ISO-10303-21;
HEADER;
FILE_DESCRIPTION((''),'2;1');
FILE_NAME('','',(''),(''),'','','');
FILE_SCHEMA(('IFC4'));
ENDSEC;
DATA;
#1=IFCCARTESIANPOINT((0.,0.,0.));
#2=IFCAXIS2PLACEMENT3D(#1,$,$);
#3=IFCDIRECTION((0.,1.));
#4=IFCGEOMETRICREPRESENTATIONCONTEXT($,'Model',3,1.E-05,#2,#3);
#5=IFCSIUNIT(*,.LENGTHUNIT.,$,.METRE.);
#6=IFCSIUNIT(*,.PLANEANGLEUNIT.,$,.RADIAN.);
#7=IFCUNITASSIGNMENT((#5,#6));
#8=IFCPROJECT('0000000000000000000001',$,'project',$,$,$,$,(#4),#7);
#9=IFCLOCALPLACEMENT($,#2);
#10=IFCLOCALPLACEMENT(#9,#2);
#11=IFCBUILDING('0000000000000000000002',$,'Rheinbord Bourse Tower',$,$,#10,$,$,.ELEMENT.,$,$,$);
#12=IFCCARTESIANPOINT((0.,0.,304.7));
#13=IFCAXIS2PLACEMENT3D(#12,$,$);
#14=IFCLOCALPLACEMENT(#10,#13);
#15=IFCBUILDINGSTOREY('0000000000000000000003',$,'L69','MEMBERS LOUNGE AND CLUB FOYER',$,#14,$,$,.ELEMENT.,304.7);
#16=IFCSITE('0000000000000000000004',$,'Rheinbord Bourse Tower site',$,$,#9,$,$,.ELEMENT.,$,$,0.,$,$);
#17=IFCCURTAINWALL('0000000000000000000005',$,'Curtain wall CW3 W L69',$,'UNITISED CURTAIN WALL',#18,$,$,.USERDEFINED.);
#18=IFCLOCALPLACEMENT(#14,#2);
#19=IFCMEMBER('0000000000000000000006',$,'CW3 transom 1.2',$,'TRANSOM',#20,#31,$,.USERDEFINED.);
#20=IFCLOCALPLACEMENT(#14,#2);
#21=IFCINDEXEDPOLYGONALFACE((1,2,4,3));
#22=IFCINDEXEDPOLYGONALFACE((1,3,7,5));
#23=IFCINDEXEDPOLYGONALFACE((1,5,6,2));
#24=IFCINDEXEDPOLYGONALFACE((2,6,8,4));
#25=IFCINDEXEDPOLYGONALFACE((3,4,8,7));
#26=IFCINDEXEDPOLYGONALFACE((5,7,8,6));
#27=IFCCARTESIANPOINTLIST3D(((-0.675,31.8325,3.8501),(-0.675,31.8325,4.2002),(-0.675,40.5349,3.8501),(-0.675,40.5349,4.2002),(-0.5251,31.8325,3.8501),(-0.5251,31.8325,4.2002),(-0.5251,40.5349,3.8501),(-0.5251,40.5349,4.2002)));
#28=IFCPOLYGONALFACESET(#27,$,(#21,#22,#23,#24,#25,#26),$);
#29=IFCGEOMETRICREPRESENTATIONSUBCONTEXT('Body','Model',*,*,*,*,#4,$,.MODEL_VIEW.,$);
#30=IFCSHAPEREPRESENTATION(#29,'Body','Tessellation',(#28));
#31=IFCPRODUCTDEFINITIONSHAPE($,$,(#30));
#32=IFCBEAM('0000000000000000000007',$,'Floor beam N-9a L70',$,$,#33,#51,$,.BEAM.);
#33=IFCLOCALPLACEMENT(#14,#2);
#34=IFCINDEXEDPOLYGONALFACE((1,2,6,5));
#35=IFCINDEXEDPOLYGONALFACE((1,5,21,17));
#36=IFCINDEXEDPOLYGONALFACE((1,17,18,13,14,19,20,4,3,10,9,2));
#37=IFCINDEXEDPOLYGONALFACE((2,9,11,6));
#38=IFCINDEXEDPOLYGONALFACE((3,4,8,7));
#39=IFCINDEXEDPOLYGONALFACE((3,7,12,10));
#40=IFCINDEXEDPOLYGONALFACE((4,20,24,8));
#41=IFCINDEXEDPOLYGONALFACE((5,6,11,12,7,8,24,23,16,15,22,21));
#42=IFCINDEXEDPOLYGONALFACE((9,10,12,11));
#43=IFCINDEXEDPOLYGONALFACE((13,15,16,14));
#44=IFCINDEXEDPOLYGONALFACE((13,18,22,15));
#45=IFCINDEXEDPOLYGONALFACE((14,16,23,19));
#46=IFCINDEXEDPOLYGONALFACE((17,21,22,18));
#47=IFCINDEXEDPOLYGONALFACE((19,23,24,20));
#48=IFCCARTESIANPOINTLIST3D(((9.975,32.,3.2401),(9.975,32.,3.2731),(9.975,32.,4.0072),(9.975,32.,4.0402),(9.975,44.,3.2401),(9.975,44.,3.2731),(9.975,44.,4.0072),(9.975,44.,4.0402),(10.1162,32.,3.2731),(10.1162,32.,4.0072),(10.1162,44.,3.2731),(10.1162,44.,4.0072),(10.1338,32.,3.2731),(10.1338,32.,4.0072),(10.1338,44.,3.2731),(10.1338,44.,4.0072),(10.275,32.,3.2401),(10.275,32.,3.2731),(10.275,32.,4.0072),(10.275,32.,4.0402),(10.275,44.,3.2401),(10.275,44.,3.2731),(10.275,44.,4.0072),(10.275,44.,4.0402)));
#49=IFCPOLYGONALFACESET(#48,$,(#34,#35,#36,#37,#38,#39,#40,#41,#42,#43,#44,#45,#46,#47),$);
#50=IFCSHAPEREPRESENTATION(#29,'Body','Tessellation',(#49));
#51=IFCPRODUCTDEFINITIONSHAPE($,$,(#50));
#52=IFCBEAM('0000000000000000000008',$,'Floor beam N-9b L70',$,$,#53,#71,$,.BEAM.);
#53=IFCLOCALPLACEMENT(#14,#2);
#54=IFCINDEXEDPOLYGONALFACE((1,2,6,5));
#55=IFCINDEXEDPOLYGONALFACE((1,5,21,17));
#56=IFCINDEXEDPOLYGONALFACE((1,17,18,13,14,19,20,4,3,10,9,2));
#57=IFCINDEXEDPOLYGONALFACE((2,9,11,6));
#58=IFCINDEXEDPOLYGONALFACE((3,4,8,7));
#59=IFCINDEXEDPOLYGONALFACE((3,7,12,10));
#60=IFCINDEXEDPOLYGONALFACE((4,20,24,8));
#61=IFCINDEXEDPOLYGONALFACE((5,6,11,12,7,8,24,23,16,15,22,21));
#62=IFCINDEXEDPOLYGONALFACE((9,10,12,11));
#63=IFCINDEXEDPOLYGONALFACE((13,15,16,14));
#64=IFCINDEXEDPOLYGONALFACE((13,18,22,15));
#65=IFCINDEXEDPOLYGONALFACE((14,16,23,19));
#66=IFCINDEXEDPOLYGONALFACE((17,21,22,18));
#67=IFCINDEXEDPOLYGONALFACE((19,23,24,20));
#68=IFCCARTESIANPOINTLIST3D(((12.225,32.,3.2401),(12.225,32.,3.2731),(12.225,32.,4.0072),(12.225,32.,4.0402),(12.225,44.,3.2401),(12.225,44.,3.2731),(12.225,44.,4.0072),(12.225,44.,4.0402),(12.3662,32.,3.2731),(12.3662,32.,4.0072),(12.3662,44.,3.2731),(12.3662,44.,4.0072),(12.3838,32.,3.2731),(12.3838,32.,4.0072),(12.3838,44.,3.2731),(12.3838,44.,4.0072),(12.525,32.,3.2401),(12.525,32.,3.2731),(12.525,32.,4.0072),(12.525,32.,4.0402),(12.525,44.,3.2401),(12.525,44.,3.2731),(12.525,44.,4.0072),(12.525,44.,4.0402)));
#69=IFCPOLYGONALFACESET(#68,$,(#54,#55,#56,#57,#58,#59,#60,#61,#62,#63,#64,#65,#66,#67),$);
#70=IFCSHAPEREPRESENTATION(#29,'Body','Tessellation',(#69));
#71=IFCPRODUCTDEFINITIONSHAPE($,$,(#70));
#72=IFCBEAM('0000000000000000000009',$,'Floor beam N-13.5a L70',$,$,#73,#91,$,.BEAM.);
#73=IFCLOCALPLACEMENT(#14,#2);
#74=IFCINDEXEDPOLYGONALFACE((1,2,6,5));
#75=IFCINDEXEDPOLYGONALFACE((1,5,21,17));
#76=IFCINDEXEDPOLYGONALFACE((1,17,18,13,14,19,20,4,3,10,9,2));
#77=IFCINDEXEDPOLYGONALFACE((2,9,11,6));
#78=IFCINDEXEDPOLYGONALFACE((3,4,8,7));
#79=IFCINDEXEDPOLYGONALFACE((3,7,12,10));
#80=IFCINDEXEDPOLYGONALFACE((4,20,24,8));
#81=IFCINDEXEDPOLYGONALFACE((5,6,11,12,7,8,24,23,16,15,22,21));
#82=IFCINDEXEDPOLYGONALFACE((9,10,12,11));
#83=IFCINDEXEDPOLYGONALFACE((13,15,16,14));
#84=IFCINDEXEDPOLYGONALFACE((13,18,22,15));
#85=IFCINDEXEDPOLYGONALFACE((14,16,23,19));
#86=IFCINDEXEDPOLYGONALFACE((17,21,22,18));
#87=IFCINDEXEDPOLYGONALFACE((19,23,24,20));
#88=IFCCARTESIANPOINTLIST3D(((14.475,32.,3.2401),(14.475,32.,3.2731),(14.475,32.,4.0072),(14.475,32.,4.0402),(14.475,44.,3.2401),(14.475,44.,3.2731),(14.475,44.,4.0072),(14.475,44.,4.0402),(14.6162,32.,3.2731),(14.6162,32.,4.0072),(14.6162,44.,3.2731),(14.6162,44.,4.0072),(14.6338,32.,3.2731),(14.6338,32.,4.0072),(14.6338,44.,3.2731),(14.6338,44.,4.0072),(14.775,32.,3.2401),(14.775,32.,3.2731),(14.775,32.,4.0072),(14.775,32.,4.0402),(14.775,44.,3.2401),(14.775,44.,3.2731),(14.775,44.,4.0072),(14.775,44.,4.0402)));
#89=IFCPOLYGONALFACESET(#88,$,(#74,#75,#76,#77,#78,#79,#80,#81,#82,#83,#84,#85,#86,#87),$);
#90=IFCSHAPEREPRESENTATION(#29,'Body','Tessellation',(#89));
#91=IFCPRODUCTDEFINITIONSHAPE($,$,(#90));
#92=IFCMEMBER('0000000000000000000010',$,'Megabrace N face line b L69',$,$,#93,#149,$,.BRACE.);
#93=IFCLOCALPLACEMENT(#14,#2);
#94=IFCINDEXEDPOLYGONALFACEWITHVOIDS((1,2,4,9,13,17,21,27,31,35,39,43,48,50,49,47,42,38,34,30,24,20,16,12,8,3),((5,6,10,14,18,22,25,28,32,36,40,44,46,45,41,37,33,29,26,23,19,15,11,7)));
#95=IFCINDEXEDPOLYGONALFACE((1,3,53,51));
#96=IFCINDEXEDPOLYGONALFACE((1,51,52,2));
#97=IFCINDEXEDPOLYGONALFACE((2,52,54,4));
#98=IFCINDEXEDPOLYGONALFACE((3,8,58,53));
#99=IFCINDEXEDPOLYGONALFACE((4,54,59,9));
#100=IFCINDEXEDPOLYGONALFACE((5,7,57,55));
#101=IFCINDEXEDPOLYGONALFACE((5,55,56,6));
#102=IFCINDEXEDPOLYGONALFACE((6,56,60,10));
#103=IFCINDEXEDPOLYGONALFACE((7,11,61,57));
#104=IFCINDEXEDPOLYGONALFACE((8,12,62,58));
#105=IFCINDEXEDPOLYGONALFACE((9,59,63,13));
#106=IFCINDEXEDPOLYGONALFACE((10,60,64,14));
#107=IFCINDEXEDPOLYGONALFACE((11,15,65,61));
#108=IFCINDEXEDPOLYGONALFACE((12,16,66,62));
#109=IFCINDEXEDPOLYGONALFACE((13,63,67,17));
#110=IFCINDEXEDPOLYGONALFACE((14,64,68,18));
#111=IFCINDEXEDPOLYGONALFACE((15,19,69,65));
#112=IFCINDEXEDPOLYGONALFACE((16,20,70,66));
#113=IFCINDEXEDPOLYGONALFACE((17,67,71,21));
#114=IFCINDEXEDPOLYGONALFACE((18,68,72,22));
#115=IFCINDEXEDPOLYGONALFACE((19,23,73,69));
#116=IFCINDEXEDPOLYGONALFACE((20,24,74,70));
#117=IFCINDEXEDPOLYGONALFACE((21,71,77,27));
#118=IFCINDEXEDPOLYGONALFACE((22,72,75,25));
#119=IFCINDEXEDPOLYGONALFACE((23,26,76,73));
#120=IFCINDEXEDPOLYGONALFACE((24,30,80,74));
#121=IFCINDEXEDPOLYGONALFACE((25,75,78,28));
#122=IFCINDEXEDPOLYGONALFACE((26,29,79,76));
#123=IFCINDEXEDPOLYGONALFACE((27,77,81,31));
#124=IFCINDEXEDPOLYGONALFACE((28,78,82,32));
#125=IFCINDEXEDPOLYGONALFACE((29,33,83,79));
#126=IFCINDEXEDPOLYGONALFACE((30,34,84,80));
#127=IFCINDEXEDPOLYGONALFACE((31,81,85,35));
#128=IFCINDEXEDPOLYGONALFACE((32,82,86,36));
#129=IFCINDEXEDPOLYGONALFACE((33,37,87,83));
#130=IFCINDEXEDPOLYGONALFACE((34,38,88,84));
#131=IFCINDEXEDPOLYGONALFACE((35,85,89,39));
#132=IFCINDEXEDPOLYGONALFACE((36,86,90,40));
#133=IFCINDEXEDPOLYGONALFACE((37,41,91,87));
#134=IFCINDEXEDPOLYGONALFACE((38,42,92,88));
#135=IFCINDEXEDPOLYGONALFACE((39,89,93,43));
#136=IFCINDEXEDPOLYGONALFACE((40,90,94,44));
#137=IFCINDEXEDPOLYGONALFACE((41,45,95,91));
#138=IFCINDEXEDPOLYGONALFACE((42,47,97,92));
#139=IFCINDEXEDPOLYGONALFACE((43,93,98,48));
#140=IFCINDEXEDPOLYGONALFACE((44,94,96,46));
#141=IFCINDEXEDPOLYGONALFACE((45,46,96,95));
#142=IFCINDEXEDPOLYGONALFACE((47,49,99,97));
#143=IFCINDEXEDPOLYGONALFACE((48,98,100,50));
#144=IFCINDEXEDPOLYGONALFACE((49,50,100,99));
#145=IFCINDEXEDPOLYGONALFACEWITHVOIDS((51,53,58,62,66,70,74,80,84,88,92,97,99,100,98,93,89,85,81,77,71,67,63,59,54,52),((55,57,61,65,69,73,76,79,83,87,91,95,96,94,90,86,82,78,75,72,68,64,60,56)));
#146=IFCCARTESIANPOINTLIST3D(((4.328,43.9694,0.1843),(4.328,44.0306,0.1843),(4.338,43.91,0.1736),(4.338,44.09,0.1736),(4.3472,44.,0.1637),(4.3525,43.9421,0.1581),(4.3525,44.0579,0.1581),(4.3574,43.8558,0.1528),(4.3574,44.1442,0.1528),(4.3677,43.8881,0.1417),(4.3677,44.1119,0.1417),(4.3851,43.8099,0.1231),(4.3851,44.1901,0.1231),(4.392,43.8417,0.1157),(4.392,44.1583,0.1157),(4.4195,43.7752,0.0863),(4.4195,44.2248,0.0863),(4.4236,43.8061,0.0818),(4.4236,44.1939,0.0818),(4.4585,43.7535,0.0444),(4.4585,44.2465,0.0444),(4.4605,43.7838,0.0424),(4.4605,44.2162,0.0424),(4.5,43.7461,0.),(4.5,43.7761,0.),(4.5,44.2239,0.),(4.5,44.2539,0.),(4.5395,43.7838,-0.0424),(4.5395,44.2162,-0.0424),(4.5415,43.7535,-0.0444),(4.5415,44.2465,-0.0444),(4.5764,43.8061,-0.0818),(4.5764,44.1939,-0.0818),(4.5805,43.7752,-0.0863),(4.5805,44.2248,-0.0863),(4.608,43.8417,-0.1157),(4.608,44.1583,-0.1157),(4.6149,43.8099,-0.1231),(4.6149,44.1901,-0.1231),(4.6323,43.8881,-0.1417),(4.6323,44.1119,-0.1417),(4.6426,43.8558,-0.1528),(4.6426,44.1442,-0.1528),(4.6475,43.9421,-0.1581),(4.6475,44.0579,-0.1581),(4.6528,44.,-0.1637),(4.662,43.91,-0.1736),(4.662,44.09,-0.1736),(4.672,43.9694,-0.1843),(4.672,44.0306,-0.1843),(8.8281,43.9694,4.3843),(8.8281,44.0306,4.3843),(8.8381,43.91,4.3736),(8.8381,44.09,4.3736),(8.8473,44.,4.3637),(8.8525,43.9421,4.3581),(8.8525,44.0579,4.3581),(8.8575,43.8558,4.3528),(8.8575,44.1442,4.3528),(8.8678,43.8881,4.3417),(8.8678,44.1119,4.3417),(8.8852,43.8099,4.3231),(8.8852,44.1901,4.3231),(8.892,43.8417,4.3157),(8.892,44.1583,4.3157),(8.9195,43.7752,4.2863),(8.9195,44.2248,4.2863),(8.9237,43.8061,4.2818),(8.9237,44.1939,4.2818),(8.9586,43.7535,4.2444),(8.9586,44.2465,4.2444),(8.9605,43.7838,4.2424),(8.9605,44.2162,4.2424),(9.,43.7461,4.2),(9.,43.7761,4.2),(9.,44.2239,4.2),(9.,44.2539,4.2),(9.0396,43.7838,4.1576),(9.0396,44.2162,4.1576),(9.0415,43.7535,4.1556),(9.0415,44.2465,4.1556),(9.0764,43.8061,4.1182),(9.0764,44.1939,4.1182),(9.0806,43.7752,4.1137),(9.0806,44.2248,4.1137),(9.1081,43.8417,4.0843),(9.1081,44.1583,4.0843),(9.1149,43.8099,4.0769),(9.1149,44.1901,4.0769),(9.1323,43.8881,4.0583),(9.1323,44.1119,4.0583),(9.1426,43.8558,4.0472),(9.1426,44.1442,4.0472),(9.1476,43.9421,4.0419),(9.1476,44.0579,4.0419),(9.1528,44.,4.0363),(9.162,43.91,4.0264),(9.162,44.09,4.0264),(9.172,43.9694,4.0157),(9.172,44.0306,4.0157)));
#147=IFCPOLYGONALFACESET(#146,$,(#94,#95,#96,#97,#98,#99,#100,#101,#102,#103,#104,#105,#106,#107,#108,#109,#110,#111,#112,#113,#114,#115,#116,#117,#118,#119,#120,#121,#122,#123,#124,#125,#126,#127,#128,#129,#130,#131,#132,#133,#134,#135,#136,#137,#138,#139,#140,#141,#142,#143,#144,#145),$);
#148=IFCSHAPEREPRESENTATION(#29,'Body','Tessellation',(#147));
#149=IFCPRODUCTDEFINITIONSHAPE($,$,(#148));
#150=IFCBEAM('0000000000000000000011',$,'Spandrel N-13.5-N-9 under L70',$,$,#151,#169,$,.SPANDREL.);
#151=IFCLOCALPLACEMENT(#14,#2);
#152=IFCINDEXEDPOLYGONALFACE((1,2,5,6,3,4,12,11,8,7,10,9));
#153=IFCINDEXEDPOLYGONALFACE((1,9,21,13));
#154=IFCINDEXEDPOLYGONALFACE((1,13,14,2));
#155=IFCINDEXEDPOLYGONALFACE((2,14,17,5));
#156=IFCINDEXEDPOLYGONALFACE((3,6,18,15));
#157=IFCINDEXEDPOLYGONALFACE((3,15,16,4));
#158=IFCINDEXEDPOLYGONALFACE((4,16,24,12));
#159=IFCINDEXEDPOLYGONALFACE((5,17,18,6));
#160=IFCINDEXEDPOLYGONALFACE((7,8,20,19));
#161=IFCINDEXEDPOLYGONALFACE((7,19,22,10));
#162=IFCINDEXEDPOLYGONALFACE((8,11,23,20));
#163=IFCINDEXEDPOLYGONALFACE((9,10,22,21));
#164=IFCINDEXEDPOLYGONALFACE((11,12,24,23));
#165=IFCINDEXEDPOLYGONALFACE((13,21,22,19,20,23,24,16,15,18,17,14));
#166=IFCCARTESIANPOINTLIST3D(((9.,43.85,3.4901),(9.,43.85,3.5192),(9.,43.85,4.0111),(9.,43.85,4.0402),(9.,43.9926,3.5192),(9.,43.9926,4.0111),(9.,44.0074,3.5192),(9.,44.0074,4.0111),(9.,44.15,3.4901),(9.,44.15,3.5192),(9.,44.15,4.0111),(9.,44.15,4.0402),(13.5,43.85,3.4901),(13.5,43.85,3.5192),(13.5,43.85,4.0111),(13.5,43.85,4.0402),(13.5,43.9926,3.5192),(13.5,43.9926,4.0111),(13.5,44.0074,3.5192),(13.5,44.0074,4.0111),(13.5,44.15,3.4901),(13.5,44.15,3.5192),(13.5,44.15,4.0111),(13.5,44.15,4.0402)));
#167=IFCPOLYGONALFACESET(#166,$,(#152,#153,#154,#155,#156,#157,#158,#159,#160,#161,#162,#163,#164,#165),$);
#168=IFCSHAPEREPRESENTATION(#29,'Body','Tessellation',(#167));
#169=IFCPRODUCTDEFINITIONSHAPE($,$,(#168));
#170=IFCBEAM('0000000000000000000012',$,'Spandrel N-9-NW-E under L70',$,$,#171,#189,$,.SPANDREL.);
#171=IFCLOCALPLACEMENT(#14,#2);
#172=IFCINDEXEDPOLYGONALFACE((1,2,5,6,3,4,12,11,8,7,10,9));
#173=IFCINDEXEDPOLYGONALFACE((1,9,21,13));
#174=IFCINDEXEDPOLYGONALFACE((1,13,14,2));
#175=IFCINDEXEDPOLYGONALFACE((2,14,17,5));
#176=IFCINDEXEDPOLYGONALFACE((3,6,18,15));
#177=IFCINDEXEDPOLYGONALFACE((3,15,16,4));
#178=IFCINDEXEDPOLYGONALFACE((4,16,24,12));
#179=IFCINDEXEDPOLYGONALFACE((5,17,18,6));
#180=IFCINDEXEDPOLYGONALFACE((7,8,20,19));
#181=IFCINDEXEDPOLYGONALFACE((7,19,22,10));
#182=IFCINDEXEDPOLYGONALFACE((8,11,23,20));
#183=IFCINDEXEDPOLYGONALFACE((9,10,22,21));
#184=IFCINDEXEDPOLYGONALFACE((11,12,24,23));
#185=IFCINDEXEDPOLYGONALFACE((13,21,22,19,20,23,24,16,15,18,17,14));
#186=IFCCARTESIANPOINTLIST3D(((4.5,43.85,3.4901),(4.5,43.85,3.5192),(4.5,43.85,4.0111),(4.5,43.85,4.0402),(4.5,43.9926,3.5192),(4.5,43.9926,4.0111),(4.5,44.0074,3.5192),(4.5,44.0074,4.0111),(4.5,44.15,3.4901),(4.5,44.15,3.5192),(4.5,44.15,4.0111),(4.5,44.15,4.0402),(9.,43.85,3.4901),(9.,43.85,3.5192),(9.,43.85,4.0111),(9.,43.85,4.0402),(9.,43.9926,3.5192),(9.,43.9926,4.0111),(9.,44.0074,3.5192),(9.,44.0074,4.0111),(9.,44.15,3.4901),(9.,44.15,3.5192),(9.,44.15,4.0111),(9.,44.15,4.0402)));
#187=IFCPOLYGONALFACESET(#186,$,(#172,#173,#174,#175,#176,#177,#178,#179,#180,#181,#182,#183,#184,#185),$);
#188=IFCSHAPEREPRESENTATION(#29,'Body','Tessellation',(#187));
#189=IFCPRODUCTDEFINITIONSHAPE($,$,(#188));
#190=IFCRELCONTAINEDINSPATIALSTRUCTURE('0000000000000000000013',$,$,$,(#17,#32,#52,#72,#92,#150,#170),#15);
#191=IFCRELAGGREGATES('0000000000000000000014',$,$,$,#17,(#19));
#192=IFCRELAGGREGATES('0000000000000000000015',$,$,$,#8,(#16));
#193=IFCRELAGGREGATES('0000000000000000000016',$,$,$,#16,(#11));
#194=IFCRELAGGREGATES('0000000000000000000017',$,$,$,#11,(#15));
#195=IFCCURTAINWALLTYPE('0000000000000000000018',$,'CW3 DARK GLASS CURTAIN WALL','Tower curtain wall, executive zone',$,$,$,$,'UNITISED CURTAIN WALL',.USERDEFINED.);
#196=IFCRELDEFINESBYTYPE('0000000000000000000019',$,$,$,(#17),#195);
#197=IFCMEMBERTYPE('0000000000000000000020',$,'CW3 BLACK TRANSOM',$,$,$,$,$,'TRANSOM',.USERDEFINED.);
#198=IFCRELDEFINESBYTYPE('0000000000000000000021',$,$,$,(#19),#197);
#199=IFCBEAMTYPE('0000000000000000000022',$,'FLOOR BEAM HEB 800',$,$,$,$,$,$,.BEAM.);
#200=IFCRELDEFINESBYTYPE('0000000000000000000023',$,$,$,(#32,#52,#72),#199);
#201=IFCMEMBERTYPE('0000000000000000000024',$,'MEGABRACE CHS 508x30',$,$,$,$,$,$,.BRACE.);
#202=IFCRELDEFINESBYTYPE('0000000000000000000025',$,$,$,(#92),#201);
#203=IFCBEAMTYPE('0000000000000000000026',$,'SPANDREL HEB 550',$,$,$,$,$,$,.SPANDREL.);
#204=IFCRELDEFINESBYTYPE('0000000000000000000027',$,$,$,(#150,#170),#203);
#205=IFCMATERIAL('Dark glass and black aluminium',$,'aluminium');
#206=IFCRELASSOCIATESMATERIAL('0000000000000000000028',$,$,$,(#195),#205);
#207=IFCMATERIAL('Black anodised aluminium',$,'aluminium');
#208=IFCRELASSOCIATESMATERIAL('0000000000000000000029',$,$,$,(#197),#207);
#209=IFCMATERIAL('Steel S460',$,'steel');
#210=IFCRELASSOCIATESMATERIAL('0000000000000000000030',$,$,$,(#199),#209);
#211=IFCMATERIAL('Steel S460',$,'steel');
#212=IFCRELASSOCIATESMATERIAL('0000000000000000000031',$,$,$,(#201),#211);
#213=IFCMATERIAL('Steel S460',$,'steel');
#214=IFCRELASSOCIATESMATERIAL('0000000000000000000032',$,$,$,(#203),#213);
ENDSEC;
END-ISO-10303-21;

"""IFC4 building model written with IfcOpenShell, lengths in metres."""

from ifc_helpers import new_model, si_unit, direction, frame, origin, origin_2d, place, context, subcontext, project, spatial, rectangle, hollow_circle, i_section, extrude, material, material_profile, profile_set, type_object, element, aggregate, save


model = new_model("IFC4")

# Units and contexts
model_context = context("Model", 3, precision=1e-05, world=origin(), true_north=direction((0.0, 1.0)))
body_context = subcontext(model_context, "Body", "Model", "MODEL_VIEW")
ifc_project = project(units=[si_unit("LENGTHUNIT", "METRE"), si_unit("PLANEANGLEUNIT", "RADIAN")], contexts=[model_context])

# Site, building, storey
site_placement = place(None, origin())
site = spatial("IfcSite", under=ifc_project, at=site_placement, Name="Rheinbord Bourse Tower site", CompositionType="ELEMENT", RefElevation=0.0)
building_placement = place(site_placement, origin())
building = spatial("IfcBuilding", under=site, at=building_placement, Name="Rheinbord Bourse Tower", CompositionType="ELEMENT")
storey_placement = place(building_placement, frame((0.0, 0.0, 304.7)))
storey = spatial("IfcBuildingStorey", under=building, at=storey_placement, Name="L69", Description="MEMBERS LOUNGE AND CLUB FOYER", CompositionType="ELEMENT", Elevation=304.7)

# Shared definitions
ifc_material_1 = material(Name="Dark glass and black aluminium", Category="aluminium")
curtain_wall_type = type_object("IfcCurtainWallType", Name="CW3 DARK GLASS CURTAIN WALL", Description="Tower curtain wall, executive zone", ElementType="UNITISED CURTAIN WALL", PredefinedType="USERDEFINED", material=ifc_material_1)

# Curtain wall
curtain_wall_1_placement = place(storey_placement, origin())
curtain_wall_1 = element("IfcCurtainWall", 1, at=curtain_wall_1_placement, inside=storey, type_object=curtain_wall_type, Name="Curtain wall CW3 W L69", ObjectType="UNITISED CURTAIN WALL", PredefinedType="USERDEFINED")

# Member
ifc_material_2 = material(Name="Black anodised aluminium", Category="aluminium")
ifc_material_profile_1 = material_profile(ifc_material_2, rectangle(XDim=0.1499, YDim=0.3501, at=origin_2d()), Name="CW3 TRANSOM 350x150")
ifc_profile_set_1 = profile_set([ifc_material_profile_1], Name="Black anodised aluminium")
member_type_1 = type_object("IfcMemberType", Name="CW3 BLACK TRANSOM", ElementType="TRANSOM", PredefinedType="USERDEFINED", material=ifc_profile_set_1)
member_1_placement = place(storey_placement, frame((-0.6001, 40.5349, 4.0251), z_axis=(0.0, -1.0, 0.0), x_axis=(1.0, 0.0, 0.0)))
member_1 = element("IfcMember", 2, at=member_1_placement, type_object=member_type_1, Name="CW3 transom 1.2", ObjectType="TRANSOM", PredefinedType="USERDEFINED", context=body_context, shape_type="SweptSolid", body=[
    extrude(rectangle(XDim=0.1499, YDim=0.3501, at=origin_2d()), origin(), (0.0, 0.0, 1.0), 8.7024),
])

# Beams
ifc_material_3 = material(Name="Steel S460", Category="steel")
ifc_material_profile_2 = material_profile(ifc_material_3, i_section(OverallWidth=0.3, OverallDepth=0.8, WebThickness=0.0176, FlangeThickness=0.033, at=origin_2d()), Name="HEB 800")
ifc_profile_set_2 = profile_set([ifc_material_profile_2], Name="Steel S460")
beam_type_1 = type_object("IfcBeamType", Name="FLOOR BEAM HEB 800", PredefinedType="BEAM", material=ifc_profile_set_2)
for number, where, z_axis, x_axis, name in (
    (3, (10.125, 44.0, 3.6401), (0.0, -1.0, 0.0), (1.0, 0.0, 0.0), "Floor beam N-9a L70"),
    (4, (12.375, 44.0, 3.6401), (0.0, -1.0, 0.0), (1.0, 0.0, 0.0), "Floor beam N-9b L70"),
    (5, (14.625, 44.0, 3.6401), (0.0, -1.0, 0.0), (1.0, 0.0, 0.0), "Floor beam N-13.5a L70"),
):
    element("IfcBeam", number, at=place(storey_placement, frame(where, z_axis=z_axis, x_axis=x_axis)), inside=storey, type_object=beam_type_1, Name=name, PredefinedType="BEAM", context=body_context, shape_type="SweptSolid", body=[
        extrude(i_section(OverallWidth=0.3, OverallDepth=0.8, WebThickness=0.0176, FlangeThickness=0.033, at=origin_2d()), origin(), (0.0, 0.0, 1.0), 12.0),
    ])

# Member
ifc_material_4 = material(Name="Steel S460", Category="steel")
ifc_material_profile_3 = material_profile(ifc_material_4, hollow_circle(Radius=0.2539, WallThickness=0.03, at=origin_2d()), Name="CHS 508x30")
ifc_profile_set_3 = profile_set([ifc_material_profile_3], Name="Steel S460")
member_type_2 = type_object("IfcMemberType", Name="MEGABRACE CHS 508x30", PredefinedType="BRACE", material=ifc_profile_set_3)
member_2_placement = place(storey_placement, frame((4.5, 44.0, 0.0), z_axis=(0.731059, 0.0, 0.682314), x_axis=(0.0, 1.0, 0.0)))
element("IfcMember", 6, at=member_2_placement, inside=storey, type_object=member_type_2, Name="Megabrace N face line b L69", PredefinedType="BRACE", context=body_context, shape_type="SweptSolid", body=[
    extrude(hollow_circle(Radius=0.2539, WallThickness=0.03, at=origin_2d()), origin(), (0.0, 0.0, 1.0), 6.1555),
])

# Beams
ifc_material_5 = material(Name="Steel S460", Category="steel")
ifc_material_profile_4 = material_profile(ifc_material_5, i_section(OverallWidth=0.3, OverallDepth=0.55, WebThickness=0.0149, FlangeThickness=0.0291, at=origin_2d()), Name="HEB 550")
ifc_profile_set_4 = profile_set([ifc_material_profile_4], Name="Steel S460")
beam_type_2 = type_object("IfcBeamType", Name="SPANDREL HEB 550", PredefinedType="SPANDREL", material=ifc_profile_set_4)
for number, where, z_axis, x_axis, name in (
    (7, (13.5, 44.0, 3.7651), (-1.0, 0.0, 0.0), (0.0, -1.0, 0.0), "Spandrel N-13.5-N-9 under L70"),
    (8, (9.0, 44.0, 3.7651), (-1.0, 0.0, 0.0), (0.0, -1.0, 0.0), "Spandrel N-9-NW-E under L70"),
):
    element("IfcBeam", number, at=place(storey_placement, frame(where, z_axis=z_axis, x_axis=x_axis)), inside=storey, type_object=beam_type_2, Name=name, PredefinedType="SPANDREL", context=body_context, shape_type="SweptSolid", body=[
        extrude(i_section(OverallWidth=0.3, OverallDepth=0.55, WebThickness=0.0149, FlangeThickness=0.0291, at=origin_2d()), origin(), (0.0, 0.0, 1.0), 4.5),
    ])

aggregate(curtain_wall_1, [member_1])

save(model, "model.ifc")
